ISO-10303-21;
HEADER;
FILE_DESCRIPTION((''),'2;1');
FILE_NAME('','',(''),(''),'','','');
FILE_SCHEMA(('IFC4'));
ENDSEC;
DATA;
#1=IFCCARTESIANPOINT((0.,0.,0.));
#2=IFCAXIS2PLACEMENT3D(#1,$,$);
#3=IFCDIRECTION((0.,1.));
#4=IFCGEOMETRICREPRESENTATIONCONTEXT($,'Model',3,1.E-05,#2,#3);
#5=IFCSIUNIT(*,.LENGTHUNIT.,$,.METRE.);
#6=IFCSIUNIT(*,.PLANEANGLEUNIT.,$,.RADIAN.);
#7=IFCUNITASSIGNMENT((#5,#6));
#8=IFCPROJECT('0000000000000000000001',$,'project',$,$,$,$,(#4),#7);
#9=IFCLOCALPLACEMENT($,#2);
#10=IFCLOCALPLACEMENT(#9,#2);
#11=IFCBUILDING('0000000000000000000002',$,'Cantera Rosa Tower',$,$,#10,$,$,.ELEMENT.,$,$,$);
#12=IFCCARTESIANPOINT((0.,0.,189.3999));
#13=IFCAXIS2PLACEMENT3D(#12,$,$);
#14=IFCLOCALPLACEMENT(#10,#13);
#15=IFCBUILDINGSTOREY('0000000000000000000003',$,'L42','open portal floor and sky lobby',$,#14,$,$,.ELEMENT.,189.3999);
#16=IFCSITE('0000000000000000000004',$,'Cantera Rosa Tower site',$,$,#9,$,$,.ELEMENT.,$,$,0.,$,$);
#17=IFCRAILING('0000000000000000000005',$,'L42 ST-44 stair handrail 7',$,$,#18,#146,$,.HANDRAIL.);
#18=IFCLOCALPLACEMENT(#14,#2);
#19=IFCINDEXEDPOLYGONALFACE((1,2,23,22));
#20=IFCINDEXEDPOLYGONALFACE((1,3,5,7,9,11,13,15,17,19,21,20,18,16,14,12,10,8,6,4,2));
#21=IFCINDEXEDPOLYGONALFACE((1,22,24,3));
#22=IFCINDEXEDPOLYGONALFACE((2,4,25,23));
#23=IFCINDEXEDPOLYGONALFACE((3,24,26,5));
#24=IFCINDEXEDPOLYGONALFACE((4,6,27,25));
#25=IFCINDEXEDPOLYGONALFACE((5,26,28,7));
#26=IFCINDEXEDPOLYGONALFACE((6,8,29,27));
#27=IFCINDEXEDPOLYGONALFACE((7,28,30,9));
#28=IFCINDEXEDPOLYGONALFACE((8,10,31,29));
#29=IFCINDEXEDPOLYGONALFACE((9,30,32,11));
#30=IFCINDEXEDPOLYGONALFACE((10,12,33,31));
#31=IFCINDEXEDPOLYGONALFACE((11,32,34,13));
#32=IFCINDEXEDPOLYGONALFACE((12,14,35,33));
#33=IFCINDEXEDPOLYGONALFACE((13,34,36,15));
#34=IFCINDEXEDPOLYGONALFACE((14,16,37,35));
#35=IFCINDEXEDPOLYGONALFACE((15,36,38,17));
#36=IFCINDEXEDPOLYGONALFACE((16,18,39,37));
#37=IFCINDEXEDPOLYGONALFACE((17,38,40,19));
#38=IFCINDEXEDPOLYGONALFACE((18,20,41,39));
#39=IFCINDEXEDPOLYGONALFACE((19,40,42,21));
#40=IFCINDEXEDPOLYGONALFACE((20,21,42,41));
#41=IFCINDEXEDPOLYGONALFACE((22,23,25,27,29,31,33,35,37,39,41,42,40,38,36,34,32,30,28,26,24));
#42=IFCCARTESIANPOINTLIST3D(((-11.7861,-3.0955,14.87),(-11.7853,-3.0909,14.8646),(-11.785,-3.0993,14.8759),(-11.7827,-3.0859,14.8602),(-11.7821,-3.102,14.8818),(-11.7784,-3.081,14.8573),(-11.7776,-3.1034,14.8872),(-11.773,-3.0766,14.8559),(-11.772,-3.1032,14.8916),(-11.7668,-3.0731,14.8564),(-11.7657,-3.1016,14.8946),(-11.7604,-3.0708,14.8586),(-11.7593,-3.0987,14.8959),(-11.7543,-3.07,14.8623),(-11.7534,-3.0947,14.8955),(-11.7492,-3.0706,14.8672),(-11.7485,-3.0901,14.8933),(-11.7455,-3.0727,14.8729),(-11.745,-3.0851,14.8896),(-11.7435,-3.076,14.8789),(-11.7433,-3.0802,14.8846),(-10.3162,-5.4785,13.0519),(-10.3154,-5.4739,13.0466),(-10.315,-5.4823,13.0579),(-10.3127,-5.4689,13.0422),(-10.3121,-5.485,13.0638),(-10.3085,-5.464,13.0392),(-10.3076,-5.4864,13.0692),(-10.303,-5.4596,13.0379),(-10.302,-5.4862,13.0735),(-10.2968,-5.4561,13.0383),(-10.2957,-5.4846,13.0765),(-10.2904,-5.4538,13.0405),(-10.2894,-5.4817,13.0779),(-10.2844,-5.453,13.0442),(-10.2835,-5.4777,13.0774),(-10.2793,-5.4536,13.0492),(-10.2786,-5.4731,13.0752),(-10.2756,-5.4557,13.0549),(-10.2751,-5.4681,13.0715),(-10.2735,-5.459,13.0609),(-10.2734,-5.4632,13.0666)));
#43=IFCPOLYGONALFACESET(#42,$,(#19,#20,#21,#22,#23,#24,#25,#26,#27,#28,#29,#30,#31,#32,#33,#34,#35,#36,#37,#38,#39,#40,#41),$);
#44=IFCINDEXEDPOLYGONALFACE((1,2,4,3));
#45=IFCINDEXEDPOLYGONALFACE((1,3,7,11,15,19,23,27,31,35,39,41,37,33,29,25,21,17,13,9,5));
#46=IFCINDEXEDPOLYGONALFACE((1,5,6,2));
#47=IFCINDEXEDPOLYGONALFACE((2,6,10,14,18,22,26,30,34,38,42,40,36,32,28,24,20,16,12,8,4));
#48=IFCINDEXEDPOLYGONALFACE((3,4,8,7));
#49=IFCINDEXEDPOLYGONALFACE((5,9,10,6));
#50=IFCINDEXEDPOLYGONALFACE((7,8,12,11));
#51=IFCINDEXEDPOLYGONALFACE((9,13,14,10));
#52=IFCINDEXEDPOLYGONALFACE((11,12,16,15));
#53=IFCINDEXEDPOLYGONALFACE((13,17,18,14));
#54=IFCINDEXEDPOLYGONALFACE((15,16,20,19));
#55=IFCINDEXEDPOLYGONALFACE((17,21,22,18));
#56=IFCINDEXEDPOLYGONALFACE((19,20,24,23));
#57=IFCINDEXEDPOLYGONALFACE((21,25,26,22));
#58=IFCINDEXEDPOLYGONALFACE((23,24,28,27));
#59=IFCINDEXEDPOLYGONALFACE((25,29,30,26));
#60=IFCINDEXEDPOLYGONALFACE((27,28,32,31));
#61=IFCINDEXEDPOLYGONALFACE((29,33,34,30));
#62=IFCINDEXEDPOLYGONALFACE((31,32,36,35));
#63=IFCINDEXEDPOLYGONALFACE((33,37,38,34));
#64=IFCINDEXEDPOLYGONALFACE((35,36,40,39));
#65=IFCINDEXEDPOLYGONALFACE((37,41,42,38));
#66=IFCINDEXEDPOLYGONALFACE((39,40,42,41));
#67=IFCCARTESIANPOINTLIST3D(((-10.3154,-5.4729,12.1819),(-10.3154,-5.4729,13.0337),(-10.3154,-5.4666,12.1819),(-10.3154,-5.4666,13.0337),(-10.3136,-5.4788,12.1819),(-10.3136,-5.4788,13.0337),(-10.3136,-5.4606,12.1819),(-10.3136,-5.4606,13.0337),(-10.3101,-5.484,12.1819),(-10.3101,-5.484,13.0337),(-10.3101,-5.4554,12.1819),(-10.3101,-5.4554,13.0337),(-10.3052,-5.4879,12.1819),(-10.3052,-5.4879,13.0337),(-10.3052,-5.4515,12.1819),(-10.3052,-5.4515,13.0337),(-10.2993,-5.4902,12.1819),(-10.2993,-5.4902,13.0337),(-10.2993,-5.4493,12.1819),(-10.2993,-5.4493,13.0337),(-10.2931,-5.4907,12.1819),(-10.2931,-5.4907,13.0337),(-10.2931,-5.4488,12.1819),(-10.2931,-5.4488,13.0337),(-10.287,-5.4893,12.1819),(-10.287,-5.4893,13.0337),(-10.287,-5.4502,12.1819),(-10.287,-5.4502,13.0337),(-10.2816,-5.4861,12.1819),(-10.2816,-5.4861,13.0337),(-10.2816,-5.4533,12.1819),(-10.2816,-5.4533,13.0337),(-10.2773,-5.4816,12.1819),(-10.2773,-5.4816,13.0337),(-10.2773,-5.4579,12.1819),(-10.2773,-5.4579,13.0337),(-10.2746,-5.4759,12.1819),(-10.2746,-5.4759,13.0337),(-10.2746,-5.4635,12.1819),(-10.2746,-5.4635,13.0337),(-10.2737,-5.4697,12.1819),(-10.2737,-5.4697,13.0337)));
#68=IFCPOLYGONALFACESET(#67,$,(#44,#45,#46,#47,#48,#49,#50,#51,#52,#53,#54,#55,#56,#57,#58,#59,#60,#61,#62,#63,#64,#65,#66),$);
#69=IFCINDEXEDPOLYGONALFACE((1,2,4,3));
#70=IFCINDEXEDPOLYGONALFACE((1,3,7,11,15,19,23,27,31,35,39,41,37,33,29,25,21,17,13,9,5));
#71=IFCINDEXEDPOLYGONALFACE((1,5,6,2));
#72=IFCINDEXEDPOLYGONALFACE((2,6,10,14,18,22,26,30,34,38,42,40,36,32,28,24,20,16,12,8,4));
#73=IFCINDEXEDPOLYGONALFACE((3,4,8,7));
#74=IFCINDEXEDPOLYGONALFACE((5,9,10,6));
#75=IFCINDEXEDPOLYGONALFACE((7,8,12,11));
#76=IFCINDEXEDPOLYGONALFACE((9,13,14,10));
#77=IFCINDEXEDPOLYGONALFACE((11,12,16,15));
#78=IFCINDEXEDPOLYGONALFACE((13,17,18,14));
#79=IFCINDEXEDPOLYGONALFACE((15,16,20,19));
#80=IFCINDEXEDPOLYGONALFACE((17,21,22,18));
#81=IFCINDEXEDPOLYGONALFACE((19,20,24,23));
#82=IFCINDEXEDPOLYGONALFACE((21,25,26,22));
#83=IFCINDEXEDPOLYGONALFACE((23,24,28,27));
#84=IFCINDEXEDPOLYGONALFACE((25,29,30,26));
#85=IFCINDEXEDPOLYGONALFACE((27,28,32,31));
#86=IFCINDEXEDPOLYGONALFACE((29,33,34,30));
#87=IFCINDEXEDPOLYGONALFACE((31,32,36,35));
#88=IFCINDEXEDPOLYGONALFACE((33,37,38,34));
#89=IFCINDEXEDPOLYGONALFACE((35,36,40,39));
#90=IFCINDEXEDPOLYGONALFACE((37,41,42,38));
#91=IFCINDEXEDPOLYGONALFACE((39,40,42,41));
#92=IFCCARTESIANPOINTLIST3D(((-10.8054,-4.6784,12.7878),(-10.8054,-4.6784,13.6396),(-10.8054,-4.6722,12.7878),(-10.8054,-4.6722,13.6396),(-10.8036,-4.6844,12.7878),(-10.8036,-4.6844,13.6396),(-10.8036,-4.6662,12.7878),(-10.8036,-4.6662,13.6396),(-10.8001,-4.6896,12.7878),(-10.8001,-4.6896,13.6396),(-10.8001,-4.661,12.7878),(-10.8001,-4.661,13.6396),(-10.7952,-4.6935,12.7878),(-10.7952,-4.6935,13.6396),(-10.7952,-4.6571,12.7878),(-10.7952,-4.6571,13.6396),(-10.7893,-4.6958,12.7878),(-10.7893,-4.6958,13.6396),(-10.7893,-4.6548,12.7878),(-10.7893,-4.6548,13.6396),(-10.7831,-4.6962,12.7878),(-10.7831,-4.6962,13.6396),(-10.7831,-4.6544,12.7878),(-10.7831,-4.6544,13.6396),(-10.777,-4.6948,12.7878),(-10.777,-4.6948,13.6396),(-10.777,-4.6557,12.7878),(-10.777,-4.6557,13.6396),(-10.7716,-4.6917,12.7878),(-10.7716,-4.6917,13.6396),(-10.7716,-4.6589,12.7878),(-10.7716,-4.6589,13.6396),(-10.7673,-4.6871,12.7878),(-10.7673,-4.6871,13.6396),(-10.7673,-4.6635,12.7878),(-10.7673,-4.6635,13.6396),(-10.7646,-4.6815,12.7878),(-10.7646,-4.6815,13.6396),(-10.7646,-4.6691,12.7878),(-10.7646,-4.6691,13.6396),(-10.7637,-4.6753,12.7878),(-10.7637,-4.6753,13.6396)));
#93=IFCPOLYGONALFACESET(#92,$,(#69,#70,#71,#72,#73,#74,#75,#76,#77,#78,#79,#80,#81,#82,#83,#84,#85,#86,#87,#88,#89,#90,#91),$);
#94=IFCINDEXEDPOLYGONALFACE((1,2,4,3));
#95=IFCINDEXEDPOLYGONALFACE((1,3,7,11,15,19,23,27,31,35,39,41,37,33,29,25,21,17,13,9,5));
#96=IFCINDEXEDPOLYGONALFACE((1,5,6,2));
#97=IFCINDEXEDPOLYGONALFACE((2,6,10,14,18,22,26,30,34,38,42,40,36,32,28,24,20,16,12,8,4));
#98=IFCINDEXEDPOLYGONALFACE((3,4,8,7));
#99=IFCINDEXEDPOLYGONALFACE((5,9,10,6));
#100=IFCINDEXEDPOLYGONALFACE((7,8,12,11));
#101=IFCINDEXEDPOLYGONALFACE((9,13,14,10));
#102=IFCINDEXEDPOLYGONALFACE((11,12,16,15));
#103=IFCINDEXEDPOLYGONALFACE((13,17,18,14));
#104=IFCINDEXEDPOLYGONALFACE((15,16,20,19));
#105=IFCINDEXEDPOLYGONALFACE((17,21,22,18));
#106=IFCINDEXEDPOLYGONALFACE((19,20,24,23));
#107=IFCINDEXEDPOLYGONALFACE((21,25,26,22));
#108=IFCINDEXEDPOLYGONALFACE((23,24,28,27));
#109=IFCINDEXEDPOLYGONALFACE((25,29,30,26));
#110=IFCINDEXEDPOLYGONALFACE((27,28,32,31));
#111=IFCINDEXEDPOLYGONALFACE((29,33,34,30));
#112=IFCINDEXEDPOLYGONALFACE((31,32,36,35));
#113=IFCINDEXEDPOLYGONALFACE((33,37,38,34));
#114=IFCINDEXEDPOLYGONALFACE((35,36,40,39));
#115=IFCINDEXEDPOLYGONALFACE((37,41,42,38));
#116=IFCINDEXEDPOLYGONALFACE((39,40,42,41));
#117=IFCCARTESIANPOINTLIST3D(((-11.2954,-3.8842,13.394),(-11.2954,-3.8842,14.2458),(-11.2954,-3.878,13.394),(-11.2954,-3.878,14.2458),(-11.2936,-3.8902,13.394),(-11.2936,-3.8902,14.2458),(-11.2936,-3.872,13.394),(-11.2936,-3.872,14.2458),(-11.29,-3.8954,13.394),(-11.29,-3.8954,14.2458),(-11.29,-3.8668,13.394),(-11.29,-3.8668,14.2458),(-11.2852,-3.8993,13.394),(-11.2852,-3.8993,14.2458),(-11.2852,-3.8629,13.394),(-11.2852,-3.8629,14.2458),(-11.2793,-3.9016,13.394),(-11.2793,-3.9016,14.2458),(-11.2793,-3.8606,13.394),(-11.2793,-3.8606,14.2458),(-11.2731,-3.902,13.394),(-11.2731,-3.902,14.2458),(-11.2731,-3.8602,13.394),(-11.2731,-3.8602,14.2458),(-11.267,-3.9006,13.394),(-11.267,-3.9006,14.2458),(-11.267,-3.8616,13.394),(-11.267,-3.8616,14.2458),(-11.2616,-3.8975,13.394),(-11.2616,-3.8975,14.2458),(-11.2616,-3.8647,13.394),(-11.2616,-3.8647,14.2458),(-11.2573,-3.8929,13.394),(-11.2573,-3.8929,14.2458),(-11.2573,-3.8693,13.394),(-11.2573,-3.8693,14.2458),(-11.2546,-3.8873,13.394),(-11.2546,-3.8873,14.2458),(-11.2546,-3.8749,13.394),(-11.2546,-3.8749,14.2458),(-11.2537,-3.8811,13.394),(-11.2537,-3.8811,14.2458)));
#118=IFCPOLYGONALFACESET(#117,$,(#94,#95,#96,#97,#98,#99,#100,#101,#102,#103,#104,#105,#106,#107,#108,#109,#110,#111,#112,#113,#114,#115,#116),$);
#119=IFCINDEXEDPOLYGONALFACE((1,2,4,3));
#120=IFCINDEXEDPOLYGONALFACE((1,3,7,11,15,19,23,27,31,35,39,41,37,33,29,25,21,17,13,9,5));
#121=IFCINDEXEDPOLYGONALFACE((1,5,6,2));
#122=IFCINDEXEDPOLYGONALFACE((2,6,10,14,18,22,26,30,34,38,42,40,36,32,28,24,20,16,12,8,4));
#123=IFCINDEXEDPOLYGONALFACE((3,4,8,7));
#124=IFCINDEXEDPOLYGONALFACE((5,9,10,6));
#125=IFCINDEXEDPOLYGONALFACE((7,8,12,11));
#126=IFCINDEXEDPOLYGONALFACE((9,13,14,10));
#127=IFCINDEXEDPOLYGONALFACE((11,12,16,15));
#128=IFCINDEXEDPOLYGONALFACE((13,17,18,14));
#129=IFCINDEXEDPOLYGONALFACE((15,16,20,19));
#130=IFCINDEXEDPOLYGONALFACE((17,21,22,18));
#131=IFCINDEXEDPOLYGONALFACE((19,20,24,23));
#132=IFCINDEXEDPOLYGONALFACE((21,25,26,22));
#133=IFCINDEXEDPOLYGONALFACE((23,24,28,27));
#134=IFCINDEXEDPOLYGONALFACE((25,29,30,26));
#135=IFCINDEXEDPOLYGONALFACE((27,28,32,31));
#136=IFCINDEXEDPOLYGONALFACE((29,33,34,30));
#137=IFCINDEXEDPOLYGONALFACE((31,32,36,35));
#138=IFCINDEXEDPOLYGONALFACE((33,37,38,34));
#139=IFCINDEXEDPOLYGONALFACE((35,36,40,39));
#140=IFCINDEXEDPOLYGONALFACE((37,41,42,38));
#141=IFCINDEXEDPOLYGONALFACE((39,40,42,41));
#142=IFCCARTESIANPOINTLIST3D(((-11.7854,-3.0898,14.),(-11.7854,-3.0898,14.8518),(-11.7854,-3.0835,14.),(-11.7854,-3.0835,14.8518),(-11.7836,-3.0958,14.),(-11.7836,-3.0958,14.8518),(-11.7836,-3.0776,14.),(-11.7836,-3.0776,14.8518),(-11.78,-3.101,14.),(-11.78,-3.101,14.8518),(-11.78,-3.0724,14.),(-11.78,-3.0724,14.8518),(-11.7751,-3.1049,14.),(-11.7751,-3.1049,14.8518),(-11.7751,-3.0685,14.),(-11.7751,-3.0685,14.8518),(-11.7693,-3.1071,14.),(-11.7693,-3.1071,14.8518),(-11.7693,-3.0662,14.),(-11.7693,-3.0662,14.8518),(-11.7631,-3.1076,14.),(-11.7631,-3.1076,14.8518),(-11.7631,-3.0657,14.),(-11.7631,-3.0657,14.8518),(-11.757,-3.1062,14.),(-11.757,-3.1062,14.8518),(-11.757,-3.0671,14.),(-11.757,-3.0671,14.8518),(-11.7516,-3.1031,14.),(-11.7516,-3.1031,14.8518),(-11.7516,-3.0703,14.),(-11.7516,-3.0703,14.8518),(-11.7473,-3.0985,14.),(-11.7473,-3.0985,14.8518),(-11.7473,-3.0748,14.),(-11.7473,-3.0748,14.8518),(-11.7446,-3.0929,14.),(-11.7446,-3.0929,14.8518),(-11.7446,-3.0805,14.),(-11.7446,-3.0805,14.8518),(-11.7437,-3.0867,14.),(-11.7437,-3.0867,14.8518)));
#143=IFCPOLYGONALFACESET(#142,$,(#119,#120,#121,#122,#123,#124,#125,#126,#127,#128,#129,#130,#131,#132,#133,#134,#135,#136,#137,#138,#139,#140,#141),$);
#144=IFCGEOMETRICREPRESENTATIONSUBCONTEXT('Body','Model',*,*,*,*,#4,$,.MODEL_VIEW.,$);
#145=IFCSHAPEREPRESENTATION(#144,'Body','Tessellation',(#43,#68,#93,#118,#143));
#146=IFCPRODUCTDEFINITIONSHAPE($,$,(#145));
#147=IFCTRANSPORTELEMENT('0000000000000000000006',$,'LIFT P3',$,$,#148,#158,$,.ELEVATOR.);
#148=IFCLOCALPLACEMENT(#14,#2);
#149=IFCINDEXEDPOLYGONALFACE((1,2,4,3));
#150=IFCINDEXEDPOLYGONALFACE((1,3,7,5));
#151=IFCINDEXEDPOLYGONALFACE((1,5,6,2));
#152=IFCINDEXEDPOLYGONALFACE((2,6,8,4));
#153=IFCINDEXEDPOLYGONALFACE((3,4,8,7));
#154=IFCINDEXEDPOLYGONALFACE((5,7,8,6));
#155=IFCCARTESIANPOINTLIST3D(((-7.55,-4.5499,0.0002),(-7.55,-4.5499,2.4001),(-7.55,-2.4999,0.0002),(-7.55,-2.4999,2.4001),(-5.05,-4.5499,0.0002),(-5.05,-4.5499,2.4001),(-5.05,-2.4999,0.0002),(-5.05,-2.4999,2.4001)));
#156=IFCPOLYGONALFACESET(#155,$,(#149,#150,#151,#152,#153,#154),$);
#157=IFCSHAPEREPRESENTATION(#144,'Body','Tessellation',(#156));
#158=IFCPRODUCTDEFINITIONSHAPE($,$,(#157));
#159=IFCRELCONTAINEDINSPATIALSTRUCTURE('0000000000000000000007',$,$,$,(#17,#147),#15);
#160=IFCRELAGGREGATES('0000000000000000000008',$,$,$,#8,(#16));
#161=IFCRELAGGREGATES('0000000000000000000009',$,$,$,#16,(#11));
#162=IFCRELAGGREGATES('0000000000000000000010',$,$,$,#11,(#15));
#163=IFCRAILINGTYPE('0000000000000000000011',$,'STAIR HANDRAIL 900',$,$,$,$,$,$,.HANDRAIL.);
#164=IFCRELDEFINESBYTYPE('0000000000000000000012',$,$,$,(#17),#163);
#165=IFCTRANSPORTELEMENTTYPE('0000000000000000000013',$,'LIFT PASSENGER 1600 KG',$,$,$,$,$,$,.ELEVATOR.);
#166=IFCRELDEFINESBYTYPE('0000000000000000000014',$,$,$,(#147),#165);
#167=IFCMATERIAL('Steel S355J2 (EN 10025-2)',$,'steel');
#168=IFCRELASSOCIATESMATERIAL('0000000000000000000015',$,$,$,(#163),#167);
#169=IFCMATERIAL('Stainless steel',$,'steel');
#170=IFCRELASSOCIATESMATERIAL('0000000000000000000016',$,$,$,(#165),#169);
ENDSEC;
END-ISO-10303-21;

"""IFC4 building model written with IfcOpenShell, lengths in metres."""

from ifc_helpers import new_model, si_unit, direction, frame, origin, origin_2d, place, context, subcontext, project, spatial, rectangle, circle, extrude, material, type_object, element, save


model = new_model("IFC4")

# Units and contexts
model_context = context("Model", 3, precision=1e-05, world=origin(), true_north=direction((0.0, 1.0)))
body_context = subcontext(model_context, "Body", "Model", "MODEL_VIEW")
ifc_project = project(units=[si_unit("LENGTHUNIT", "METRE"), si_unit("PLANEANGLEUNIT", "RADIAN")], contexts=[model_context])

# Site, building, storey
site_placement = place(None, origin())
site = spatial("IfcSite", under=ifc_project, at=site_placement, Name="Cantera Rosa Tower site", CompositionType="ELEMENT", RefElevation=0.0)
building_placement = place(site_placement, origin())
building = spatial("IfcBuilding", under=site, at=building_placement, Name="Cantera Rosa Tower", CompositionType="ELEMENT")
storey_placement = place(building_placement, frame((0.0, 0.0, 189.3999)))
storey = spatial("IfcBuildingStorey", under=building, at=storey_placement, Name="L42", Description="open portal floor and sky lobby", CompositionType="ELEMENT", Elevation=189.3999)

# Railing
ifc_material_1 = material(Name="Steel S355J2 (EN 10025-2)", Category="steel")
railing_type_1 = type_object("IfcRailingType", Name="STAIR HANDRAIL 900", PredefinedType="HANDRAIL", material=ifc_material_1)
for number, where, name in (
    (1, (-10.2947, -5.4697, 12.1819), "L42 ST-44 stair handrail 7"),
):
    element("IfcRailing", number, at=place(storey_placement, frame(where)), inside=storey, type_object=railing_type_1, Name=name, PredefinedType="HANDRAIL", context=body_context, shape_type="SweptSolid", body=[
        extrude(circle(Radius=0.0239, at=origin_2d()), frame((0.0, 0.0, 0.876), z_axis=(-0.440314, 0.713819, 0.544597), x_axis=(-0.851104, -0.524997, 0.0)), (0.0, 0.0, 1.0), 3.3384),
        extrude(circle(Radius=0.021, at=origin_2d()), origin(), (0.0, 0.0, 1.0), 0.8518),
        extrude(circle(Radius=0.021, at=origin_2d()), frame((-0.49, 0.7944, 0.606)), (0.0, 0.0, 1.0), 0.8518),
        extrude(circle(Radius=0.021, at=origin_2d()), frame((-0.98, 1.5886, 1.2122)), (0.0, 0.0, 1.0), 0.8518),
        extrude(circle(Radius=0.021, at=origin_2d()), frame((-1.47, 2.3831, 1.8181)), (0.0, 0.0, 1.0), 0.8518),
    ])

# Transport element
ifc_material_2 = material(Name="Stainless steel", Category="steel")
transport_element_type = type_object("IfcTransportElementType", Name="LIFT PASSENGER 1600 KG", PredefinedType="ELEVATOR", material=ifc_material_2)
transport_element_placement = place(storey_placement, frame((-6.3, -3.5249, 0.0002), z_axis=(0.0, 0.0, 1.0), x_axis=(1.0, 0.0, 0.0)))
element("IfcTransportElement", 2, at=transport_element_placement, inside=storey, type_object=transport_element_type, Name="LIFT P3", PredefinedType="ELEVATOR", context=body_context, shape_type="SweptSolid", body=[
    extrude(rectangle(XDim=2.5, YDim=2.05, at=origin_2d()), origin(), (0.0, 0.0, 1.0), 2.3999),
])

save(model, "model.ifc")
